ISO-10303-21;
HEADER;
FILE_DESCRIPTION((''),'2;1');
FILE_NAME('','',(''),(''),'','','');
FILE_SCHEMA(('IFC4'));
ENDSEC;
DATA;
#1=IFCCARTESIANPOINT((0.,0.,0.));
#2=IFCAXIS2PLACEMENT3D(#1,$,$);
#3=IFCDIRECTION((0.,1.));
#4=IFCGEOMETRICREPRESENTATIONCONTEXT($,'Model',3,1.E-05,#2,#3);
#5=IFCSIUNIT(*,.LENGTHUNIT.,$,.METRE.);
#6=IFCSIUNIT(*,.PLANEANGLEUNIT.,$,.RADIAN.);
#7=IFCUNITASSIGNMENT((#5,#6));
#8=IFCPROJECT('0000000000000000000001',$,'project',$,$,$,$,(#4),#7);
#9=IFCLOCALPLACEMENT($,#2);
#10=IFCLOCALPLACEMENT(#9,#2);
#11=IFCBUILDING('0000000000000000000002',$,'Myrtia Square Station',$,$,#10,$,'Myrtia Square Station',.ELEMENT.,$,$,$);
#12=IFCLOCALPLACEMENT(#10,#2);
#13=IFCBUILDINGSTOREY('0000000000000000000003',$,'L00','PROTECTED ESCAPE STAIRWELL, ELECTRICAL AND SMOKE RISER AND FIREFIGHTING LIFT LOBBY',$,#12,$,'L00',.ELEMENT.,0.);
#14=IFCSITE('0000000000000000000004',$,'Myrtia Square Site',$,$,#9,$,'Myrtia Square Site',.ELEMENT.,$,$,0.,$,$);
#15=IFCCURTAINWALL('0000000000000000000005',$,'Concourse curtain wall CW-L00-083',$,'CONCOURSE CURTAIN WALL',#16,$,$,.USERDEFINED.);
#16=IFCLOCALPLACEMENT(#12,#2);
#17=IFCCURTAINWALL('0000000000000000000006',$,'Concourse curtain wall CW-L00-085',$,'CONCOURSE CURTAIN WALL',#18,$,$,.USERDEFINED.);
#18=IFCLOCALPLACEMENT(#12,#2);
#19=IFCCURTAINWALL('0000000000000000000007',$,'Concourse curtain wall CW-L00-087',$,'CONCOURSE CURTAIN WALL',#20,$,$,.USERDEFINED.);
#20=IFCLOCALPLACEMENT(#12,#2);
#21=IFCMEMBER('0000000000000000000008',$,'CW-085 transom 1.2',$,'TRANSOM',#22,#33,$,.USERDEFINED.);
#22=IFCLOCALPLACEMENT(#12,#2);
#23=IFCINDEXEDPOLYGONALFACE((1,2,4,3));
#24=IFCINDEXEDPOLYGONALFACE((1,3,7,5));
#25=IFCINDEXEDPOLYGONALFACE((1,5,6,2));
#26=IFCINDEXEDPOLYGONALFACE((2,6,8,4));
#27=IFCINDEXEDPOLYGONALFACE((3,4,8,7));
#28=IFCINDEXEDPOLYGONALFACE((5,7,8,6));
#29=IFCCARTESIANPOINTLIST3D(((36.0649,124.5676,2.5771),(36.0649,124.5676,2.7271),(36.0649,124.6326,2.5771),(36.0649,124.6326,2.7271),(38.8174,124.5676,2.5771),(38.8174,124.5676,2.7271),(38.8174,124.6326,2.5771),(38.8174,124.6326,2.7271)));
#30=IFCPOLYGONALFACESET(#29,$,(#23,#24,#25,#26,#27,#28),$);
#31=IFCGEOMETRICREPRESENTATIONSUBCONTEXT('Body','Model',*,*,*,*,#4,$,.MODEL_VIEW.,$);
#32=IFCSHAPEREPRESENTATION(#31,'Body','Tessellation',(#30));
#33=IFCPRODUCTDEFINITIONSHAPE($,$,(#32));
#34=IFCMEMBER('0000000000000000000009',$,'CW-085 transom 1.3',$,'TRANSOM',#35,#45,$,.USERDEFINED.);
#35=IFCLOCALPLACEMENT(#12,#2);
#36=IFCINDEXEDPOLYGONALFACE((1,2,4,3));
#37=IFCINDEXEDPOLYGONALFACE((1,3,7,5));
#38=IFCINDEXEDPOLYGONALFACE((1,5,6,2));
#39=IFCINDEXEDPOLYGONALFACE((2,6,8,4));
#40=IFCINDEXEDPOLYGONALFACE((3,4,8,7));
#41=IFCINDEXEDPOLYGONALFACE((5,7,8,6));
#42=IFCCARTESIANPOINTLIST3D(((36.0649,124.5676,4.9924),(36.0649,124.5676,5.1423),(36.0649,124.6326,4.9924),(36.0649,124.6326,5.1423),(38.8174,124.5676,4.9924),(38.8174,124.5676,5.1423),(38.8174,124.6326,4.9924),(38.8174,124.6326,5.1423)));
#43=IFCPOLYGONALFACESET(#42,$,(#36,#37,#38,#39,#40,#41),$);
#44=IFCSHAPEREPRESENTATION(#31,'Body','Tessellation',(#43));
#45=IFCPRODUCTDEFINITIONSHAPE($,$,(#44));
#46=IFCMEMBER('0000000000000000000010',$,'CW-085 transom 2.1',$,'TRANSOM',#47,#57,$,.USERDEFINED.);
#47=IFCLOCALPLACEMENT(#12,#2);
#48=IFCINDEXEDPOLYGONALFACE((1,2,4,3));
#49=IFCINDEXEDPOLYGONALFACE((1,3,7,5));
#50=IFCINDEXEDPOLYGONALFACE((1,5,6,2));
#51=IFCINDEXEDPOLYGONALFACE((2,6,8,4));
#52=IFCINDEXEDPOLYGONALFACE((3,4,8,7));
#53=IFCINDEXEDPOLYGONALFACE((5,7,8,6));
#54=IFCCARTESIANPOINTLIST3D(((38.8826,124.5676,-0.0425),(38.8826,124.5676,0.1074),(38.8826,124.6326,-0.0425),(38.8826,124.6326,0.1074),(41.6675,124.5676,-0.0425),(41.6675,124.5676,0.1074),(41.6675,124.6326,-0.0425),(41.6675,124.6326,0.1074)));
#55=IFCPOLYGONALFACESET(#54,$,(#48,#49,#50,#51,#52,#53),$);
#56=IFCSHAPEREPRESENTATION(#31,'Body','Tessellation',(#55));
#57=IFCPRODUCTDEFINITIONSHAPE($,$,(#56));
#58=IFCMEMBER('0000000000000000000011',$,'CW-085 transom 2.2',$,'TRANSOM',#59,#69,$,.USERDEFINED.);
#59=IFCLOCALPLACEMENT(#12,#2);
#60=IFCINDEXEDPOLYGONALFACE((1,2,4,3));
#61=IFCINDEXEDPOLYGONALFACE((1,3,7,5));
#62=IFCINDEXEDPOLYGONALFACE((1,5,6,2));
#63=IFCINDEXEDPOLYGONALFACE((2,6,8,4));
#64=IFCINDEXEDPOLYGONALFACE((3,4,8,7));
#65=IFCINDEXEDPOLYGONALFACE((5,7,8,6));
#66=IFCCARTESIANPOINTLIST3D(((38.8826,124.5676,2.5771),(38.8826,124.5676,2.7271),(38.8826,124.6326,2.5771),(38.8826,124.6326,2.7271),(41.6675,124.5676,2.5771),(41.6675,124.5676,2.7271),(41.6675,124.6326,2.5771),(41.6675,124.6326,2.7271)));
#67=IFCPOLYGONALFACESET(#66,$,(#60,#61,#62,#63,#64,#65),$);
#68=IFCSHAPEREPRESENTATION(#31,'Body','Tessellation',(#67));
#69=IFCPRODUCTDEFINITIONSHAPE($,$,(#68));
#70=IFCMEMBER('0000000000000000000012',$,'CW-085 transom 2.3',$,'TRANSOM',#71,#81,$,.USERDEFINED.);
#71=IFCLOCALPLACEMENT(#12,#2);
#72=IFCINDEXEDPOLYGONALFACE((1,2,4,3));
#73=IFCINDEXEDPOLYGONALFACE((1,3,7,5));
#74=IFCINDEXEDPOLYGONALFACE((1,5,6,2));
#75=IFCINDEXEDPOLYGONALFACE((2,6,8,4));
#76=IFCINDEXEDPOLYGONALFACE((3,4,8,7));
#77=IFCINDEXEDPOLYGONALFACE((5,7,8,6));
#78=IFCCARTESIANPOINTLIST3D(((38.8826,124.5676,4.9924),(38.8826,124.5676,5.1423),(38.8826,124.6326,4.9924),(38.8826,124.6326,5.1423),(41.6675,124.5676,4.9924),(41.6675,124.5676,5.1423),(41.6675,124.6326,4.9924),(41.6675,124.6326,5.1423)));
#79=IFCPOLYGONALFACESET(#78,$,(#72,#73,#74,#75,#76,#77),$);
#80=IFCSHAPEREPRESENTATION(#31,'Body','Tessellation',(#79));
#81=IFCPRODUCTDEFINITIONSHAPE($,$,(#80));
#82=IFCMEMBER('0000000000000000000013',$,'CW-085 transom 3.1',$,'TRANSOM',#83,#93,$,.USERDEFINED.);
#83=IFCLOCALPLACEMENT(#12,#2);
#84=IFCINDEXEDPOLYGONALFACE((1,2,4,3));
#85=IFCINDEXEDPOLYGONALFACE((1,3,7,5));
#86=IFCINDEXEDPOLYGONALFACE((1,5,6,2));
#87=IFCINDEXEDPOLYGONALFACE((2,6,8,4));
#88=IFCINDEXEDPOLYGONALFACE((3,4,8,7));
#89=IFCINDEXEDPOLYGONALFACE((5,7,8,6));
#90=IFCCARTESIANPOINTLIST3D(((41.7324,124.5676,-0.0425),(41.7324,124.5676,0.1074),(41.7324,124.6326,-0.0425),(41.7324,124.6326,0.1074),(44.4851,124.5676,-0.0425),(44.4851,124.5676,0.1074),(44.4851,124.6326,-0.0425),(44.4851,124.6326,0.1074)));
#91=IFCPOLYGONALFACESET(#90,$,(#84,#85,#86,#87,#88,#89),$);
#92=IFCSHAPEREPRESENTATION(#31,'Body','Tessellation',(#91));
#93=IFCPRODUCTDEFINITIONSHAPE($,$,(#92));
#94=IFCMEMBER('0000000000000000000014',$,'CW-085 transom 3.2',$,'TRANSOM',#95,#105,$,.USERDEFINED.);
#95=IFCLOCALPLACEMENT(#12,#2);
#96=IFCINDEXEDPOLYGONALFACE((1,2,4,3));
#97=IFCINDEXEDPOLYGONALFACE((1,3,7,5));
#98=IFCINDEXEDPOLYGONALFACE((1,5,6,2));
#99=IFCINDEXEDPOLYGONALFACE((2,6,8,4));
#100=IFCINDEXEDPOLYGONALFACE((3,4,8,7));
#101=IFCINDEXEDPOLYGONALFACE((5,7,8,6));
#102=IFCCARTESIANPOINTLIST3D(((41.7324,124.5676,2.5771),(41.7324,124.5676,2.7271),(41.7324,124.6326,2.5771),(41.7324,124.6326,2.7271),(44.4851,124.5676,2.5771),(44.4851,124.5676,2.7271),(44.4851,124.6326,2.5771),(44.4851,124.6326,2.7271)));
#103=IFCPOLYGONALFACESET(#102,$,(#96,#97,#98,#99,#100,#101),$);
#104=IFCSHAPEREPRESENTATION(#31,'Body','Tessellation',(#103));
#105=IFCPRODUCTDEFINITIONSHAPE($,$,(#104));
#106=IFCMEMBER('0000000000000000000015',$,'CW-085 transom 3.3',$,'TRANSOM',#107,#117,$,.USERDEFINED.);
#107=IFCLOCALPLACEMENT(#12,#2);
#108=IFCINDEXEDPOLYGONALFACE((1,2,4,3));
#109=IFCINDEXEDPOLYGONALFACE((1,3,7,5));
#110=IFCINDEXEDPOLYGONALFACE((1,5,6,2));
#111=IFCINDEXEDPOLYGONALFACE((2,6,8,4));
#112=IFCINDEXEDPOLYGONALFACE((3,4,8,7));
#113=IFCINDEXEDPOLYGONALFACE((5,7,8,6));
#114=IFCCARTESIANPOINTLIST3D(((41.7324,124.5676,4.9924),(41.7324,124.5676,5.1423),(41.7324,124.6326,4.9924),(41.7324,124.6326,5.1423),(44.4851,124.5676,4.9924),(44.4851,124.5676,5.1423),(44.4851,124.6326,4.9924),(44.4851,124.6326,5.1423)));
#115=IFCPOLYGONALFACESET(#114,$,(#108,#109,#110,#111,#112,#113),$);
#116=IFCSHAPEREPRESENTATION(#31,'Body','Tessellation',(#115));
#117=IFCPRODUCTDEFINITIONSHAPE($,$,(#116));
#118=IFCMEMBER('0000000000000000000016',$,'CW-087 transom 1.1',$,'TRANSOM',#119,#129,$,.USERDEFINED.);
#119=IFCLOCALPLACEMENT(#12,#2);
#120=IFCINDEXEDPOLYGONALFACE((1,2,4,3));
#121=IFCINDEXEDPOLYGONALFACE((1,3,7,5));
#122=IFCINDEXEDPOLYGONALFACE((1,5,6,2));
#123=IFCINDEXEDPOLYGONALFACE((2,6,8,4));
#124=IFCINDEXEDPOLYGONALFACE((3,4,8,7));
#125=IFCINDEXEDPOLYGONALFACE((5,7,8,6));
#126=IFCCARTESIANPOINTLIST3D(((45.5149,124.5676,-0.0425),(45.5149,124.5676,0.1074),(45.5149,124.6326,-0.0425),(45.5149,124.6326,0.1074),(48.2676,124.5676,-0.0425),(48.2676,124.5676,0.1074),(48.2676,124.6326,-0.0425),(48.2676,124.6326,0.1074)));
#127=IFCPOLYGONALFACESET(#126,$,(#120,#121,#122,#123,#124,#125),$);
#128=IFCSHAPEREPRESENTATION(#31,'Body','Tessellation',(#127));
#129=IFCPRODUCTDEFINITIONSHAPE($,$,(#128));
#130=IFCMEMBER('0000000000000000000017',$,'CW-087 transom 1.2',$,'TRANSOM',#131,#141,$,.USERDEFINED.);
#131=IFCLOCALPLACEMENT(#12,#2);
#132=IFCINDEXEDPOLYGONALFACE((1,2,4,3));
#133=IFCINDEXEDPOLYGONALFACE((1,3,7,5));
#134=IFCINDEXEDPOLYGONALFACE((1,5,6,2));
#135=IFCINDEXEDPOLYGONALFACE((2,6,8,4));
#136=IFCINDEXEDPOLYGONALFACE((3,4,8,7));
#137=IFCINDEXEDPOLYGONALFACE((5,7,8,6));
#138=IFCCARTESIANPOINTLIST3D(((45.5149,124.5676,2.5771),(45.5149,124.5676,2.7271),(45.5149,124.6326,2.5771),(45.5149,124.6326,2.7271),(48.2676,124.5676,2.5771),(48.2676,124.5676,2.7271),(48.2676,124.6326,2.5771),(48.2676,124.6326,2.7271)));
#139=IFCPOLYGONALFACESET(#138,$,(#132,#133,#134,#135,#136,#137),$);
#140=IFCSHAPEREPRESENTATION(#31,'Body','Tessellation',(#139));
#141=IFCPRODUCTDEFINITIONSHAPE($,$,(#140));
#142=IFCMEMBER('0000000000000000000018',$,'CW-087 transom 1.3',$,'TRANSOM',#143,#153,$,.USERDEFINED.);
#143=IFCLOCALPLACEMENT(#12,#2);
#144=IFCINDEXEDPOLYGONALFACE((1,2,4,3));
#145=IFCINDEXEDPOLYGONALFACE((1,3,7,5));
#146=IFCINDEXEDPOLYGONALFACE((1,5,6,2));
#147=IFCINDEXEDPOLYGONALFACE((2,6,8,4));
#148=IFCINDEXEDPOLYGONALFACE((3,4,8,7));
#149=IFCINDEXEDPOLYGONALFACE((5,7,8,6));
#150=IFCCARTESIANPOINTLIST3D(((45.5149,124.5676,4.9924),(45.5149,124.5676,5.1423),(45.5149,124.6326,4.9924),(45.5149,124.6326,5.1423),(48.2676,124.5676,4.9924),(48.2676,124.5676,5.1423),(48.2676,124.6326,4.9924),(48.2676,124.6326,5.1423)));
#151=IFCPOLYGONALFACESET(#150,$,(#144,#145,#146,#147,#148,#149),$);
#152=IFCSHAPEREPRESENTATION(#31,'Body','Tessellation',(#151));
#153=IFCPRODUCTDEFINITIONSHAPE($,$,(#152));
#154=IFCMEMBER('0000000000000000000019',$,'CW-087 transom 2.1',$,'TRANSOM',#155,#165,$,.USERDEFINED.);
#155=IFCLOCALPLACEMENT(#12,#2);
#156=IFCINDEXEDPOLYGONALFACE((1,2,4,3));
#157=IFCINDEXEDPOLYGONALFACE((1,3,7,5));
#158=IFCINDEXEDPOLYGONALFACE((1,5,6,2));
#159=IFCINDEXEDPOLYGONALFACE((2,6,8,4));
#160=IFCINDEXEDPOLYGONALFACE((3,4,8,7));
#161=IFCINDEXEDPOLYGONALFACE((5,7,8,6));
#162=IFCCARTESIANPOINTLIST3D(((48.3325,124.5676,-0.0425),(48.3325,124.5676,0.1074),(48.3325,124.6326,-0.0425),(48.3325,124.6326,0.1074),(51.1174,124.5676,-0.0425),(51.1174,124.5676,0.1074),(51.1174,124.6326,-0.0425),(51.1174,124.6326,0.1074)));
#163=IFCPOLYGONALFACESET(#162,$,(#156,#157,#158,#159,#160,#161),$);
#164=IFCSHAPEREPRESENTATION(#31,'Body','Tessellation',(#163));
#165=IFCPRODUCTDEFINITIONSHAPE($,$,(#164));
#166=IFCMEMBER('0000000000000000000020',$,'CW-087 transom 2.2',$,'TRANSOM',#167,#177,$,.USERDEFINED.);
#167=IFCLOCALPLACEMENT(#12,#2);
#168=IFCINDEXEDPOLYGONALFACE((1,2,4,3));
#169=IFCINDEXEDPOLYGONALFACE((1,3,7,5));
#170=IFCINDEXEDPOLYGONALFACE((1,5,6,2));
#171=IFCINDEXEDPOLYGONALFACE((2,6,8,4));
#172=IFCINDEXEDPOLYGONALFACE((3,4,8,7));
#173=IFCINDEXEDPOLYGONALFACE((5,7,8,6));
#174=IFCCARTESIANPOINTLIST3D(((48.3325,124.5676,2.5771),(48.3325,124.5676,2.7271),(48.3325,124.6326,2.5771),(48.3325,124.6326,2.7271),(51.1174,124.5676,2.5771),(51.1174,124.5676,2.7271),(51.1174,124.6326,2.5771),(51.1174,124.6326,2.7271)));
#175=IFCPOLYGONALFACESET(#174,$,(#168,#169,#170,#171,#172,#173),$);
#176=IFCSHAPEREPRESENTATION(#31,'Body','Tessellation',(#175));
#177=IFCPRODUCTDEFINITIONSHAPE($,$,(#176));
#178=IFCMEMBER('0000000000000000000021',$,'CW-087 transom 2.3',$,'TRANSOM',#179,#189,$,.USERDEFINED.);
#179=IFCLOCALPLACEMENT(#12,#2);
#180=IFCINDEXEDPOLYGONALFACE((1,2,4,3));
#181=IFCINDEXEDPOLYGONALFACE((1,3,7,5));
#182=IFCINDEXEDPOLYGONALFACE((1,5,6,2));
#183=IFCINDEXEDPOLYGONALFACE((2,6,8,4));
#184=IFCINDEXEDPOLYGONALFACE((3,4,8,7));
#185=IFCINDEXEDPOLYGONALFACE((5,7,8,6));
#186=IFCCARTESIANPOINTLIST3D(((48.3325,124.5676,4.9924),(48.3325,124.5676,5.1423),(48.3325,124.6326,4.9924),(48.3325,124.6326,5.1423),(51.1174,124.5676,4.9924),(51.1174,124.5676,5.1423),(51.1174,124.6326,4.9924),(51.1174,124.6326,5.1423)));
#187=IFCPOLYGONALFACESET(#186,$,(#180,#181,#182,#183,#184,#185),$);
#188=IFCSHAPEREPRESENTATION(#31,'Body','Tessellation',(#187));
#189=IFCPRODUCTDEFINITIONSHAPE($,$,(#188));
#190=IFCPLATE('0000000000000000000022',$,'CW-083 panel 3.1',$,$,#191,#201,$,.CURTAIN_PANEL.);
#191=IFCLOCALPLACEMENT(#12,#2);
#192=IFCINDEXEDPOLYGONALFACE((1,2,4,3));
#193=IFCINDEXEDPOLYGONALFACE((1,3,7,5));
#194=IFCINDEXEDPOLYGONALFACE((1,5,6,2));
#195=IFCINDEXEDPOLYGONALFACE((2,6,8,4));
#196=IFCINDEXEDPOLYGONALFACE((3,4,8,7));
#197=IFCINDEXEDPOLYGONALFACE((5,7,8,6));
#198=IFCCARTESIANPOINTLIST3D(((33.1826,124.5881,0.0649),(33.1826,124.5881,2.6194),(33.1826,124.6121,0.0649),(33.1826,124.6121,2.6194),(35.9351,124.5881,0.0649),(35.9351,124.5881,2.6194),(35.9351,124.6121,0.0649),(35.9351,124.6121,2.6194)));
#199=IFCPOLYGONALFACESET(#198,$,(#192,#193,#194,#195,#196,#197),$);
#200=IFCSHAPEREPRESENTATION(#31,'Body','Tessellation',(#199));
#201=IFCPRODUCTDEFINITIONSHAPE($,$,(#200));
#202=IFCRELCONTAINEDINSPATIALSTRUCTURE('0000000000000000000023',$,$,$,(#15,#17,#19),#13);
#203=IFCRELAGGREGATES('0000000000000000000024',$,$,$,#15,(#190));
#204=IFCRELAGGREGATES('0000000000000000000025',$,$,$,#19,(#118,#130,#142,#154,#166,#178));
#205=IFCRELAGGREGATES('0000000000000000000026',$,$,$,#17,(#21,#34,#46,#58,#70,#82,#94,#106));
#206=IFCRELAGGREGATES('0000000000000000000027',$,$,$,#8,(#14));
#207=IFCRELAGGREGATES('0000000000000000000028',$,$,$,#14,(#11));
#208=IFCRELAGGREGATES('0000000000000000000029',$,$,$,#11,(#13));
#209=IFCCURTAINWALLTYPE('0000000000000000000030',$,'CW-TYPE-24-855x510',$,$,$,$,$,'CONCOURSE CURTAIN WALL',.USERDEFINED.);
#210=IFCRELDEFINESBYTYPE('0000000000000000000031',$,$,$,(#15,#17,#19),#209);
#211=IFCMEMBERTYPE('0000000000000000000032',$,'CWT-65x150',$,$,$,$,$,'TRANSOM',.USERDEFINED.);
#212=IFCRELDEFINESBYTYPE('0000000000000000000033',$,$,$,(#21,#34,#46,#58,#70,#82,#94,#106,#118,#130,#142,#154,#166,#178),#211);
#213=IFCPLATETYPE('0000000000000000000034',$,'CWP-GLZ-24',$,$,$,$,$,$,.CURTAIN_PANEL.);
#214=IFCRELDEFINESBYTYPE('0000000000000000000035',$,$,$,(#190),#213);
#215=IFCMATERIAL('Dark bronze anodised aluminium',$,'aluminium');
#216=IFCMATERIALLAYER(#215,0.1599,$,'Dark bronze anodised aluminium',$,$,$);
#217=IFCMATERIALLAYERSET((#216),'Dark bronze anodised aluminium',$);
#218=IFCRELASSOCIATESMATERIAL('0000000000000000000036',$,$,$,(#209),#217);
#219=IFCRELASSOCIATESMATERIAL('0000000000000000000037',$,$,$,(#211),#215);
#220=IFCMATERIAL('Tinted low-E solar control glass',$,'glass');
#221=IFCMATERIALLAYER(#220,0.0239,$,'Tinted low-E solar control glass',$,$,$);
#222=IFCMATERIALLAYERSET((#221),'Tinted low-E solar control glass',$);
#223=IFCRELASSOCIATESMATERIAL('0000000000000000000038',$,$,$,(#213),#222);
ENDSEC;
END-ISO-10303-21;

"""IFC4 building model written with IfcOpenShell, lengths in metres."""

from ifc_helpers import new_model, si_unit, direction, frame, origin, origin_2d, place, context, subcontext, project, spatial, rectangle, extrude, material, layer, layer_set, material_profile, profile_set, type_object, element, aggregate, save


model = new_model("IFC4")

# Units and contexts
model_context = context("Model", 3, precision=1e-05, world=origin(), true_north=direction((0.0, 1.0)))
body_context = subcontext(model_context, "Body", "Model", "MODEL_VIEW")
ifc_project = project(units=[si_unit("LENGTHUNIT", "METRE"), si_unit("PLANEANGLEUNIT", "RADIAN")], contexts=[model_context])

# Site, building, storey
site_placement = place(None, origin())
site = spatial("IfcSite", under=ifc_project, at=site_placement, Name="Myrtia Square Site", LongName="Myrtia Square Site", CompositionType="ELEMENT", RefElevation=0.0)
building_placement = place(site_placement, origin())
building = spatial("IfcBuilding", under=site, at=building_placement, Name="Myrtia Square Station", LongName="Myrtia Square Station", CompositionType="ELEMENT")
storey_placement = place(building_placement, origin())
storey = spatial("IfcBuildingStorey", under=building, at=storey_placement, Name="L00", Description="PROTECTED ESCAPE STAIRWELL, ELECTRICAL AND SMOKE RISER AND FIREFIGHTING LIFT LOBBY", LongName="L00", CompositionType="ELEMENT", Elevation=0.0)

# Curtain wall
ifc_material_1 = material(Name="Dark bronze anodised aluminium", Category="aluminium")
ifc_layer_1 = layer(ifc_material_1, 0.1599, Name="Dark bronze anodised aluminium")
ifc_layer_set_1 = layer_set([ifc_layer_1], Name="Dark bronze anodised aluminium")
curtain_wall_type = type_object("IfcCurtainWallType", Name="CW-TYPE-24-855x510", ElementType="CONCOURSE CURTAIN WALL", PredefinedType="USERDEFINED", material=ifc_layer_set_1)
curtain_wall_1_placement = place(storey_placement, origin())
curtain_wall_1 = element("IfcCurtainWall", 1, at=curtain_wall_1_placement, inside=storey, type_object=curtain_wall_type, Name="Concourse curtain wall CW-L00-083", ObjectType="CONCOURSE CURTAIN WALL", PredefinedType="USERDEFINED")

# Curtain walls
curtain_wall_2_placement = place(storey_placement, origin())
curtain_wall_2 = element("IfcCurtainWall", 2, at=curtain_wall_2_placement, inside=storey, type_object=curtain_wall_type, Name="Concourse curtain wall CW-L00-085", ObjectType="CONCOURSE CURTAIN WALL", PredefinedType="USERDEFINED")
curtain_wall_3_placement = place(storey_placement, origin())
curtain_wall_3 = element("IfcCurtainWall", 3, at=curtain_wall_3_placement, inside=storey, type_object=curtain_wall_type, Name="Concourse curtain wall CW-L00-087", ObjectType="CONCOURSE CURTAIN WALL", PredefinedType="USERDEFINED")

# Members
ifc_material_profile_1 = material_profile(ifc_material_1, rectangle(XDim=0.0649, YDim=0.1499, at=origin_2d()), Name="ALU-T 65x150")
ifc_profile_set_1 = profile_set([ifc_material_profile_1], Name="Dark bronze anodised aluminium")
member_type_1 = type_object("IfcMemberType", Name="CWT-65x150", ElementType="TRANSOM", PredefinedType="USERDEFINED", material=ifc_profile_set_1)
member_1_placement = place(storey_placement, frame((36.0649, 124.6001, 2.6521), z_axis=(1.0, 0.0, 0.0), x_axis=(0.0, 1.0, 0.0)))
member_1 = element("IfcMember", 4, at=member_1_placement, type_object=member_type_1, Name="CW-085 transom 1.2", ObjectType="TRANSOM", PredefinedType="USERDEFINED", context=body_context, shape_type="SweptSolid", body=[
    extrude(rectangle(XDim=0.0649, YDim=0.1499, at=origin_2d()), origin(), (0.0, 0.0, 1.0), 2.7524),
])
member_2_placement = place(storey_placement, frame((36.0649, 124.6001, 5.0674), z_axis=(1.0, 0.0, 0.0), x_axis=(0.0, 1.0, 0.0)))
member_2 = element("IfcMember", 5, at=member_2_placement, type_object=member_type_1, Name="CW-085 transom 1.3", ObjectType="TRANSOM", PredefinedType="USERDEFINED", context=body_context, shape_type="SweptSolid", body=[
    extrude(rectangle(XDim=0.0649, YDim=0.1499, at=origin_2d()), origin(), (0.0, 0.0, 1.0), 2.7524),
])
member_3_placement = place(storey_placement, frame((38.8826, 124.6001, 0.0325), z_axis=(1.0, 0.0, 0.0), x_axis=(0.0, 1.0, 0.0)))
member_3 = element("IfcMember", 6, at=member_3_placement, type_object=member_type_1, Name="CW-085 transom 2.1", ObjectType="TRANSOM", PredefinedType="USERDEFINED", context=body_context, shape_type="SweptSolid", body=[
    extrude(rectangle(XDim=0.0649, YDim=0.1499, at=origin_2d()), origin(), (0.0, 0.0, 1.0), 2.7849),
])
member_4_placement = place(storey_placement, frame((38.8826, 124.6001, 2.6521), z_axis=(1.0, 0.0, 0.0), x_axis=(0.0, 1.0, 0.0)))
member_4 = element("IfcMember", 7, at=member_4_placement, type_object=member_type_1, Name="CW-085 transom 2.2", ObjectType="TRANSOM", PredefinedType="USERDEFINED", context=body_context, shape_type="SweptSolid", body=[
    extrude(rectangle(XDim=0.0649, YDim=0.1499, at=origin_2d()), origin(), (0.0, 0.0, 1.0), 2.7849),
])
member_5_placement = place(storey_placement, frame((38.8826, 124.6001, 5.0674), z_axis=(1.0, 0.0, 0.0), x_axis=(0.0, 1.0, 0.0)))
member_5 = element("IfcMember", 8, at=member_5_placement, type_object=member_type_1, Name="CW-085 transom 2.3", ObjectType="TRANSOM", PredefinedType="USERDEFINED", context=body_context, shape_type="SweptSolid", body=[
    extrude(rectangle(XDim=0.0649, YDim=0.1499, at=origin_2d()), origin(), (0.0, 0.0, 1.0), 2.7849),
])
member_6_placement = place(storey_placement, frame((41.7324, 124.6001, 0.0325), z_axis=(1.0, 0.0, 0.0), x_axis=(0.0, 1.0, 0.0)))
member_6 = element("IfcMember", 9, at=member_6_placement, type_object=member_type_1, Name="CW-085 transom 3.1", ObjectType="TRANSOM", PredefinedType="USERDEFINED", context=body_context, shape_type="SweptSolid", body=[
    extrude(rectangle(XDim=0.0649, YDim=0.1499, at=origin_2d()), origin(), (0.0, 0.0, 1.0), 2.7527),
])
member_7_placement = place(storey_placement, frame((41.7324, 124.6001, 2.6521), z_axis=(1.0, 0.0, 0.0), x_axis=(0.0, 1.0, 0.0)))
member_7 = element("IfcMember", 10, at=member_7_placement, type_object=member_type_1, Name="CW-085 transom 3.2", ObjectType="TRANSOM", PredefinedType="USERDEFINED", context=body_context, shape_type="SweptSolid", body=[
    extrude(rectangle(XDim=0.0649, YDim=0.1499, at=origin_2d()), origin(), (0.0, 0.0, 1.0), 2.7527),
])
member_8_placement = place(storey_placement, frame((41.7324, 124.6001, 5.0674), z_axis=(1.0, 0.0, 0.0), x_axis=(0.0, 1.0, 0.0)))
member_8 = element("IfcMember", 11, at=member_8_placement, type_object=member_type_1, Name="CW-085 transom 3.3", ObjectType="TRANSOM", PredefinedType="USERDEFINED", context=body_context, shape_type="SweptSolid", body=[
    extrude(rectangle(XDim=0.0649, YDim=0.1499, at=origin_2d()), origin(), (0.0, 0.0, 1.0), 2.7527),
])
member_9_placement = place(storey_placement, frame((45.5149, 124.6001, 0.0325), z_axis=(1.0, 0.0, 0.0), x_axis=(0.0, 1.0, 0.0)))
member_9 = element("IfcMember", 12, at=member_9_placement, type_object=member_type_1, Name="CW-087 transom 1.1", ObjectType="TRANSOM", PredefinedType="USERDEFINED", context=body_context, shape_type="SweptSolid", body=[
    extrude(rectangle(XDim=0.0649, YDim=0.1499, at=origin_2d()), origin(), (0.0, 0.0, 1.0), 2.7527),
])
member_10_placement = place(storey_placement, frame((45.5149, 124.6001, 2.6521), z_axis=(1.0, 0.0, 0.0), x_axis=(0.0, 1.0, 0.0)))
member_10 = element("IfcMember", 13, at=member_10_placement, type_object=member_type_1, Name="CW-087 transom 1.2", ObjectType="TRANSOM", PredefinedType="USERDEFINED", context=body_context, shape_type="SweptSolid", body=[
    extrude(rectangle(XDim=0.0649, YDim=0.1499, at=origin_2d()), origin(), (0.0, 0.0, 1.0), 2.7527),
])
member_11_placement = place(storey_placement, frame((45.5149, 124.6001, 5.0674), z_axis=(1.0, 0.0, 0.0), x_axis=(0.0, 1.0, 0.0)))
member_11 = element("IfcMember", 14, at=member_11_placement, type_object=member_type_1, Name="CW-087 transom 1.3", ObjectType="TRANSOM", PredefinedType="USERDEFINED", context=body_context, shape_type="SweptSolid", body=[
    extrude(rectangle(XDim=0.0649, YDim=0.1499, at=origin_2d()), origin(), (0.0, 0.0, 1.0), 2.7527),
])
member_12_placement = place(storey_placement, frame((48.3325, 124.6001, 0.0325), z_axis=(1.0, 0.0, 0.0), x_axis=(0.0, 1.0, 0.0)))
member_12 = element("IfcMember", 15, at=member_12_placement, type_object=member_type_1, Name="CW-087 transom 2.1", ObjectType="TRANSOM", PredefinedType="USERDEFINED", context=body_context, shape_type="SweptSolid", body=[
    extrude(rectangle(XDim=0.0649, YDim=0.1499, at=origin_2d()), origin(), (0.0, 0.0, 1.0), 2.7849),
])
member_13_placement = place(storey_placement, frame((48.3325, 124.6001, 2.6521), z_axis=(1.0, 0.0, 0.0), x_axis=(0.0, 1.0, 0.0)))
member_13 = element("IfcMember", 16, at=member_13_placement, type_object=member_type_1, Name="CW-087 transom 2.2", ObjectType="TRANSOM", PredefinedType="USERDEFINED", context=body_context, shape_type="SweptSolid", body=[
    extrude(rectangle(XDim=0.0649, YDim=0.1499, at=origin_2d()), origin(), (0.0, 0.0, 1.0), 2.7849),
])
member_14_placement = place(storey_placement, frame((48.3325, 124.6001, 5.0674), z_axis=(1.0, 0.0, 0.0), x_axis=(0.0, 1.0, 0.0)))
member_14 = element("IfcMember", 17, at=member_14_placement, type_object=member_type_1, Name="CW-087 transom 2.3", ObjectType="TRANSOM", PredefinedType="USERDEFINED", context=body_context, shape_type="SweptSolid", body=[
    extrude(rectangle(XDim=0.0649, YDim=0.1499, at=origin_2d()), origin(), (0.0, 0.0, 1.0), 2.7849),
])

# Plate
ifc_material_2 = material(Name="Tinted low-E solar control glass", Category="glass")
ifc_layer_2 = layer(ifc_material_2, 0.0239, Name="Tinted low-E solar control glass")
ifc_layer_set_2 = layer_set([ifc_layer_2], Name="Tinted low-E solar control glass")
plate_type_1 = type_object("IfcPlateType", Name="CWP-GLZ-24", PredefinedType="CURTAIN_PANEL", material=ifc_layer_set_2)
plate_1_placement = place(storey_placement, frame((34.5588, 124.6001, 0.0649), z_axis=(0.0, 0.0, 1.0), x_axis=(1.0, 0.0, 0.0)))
plate_1 = element("IfcPlate", 18, at=plate_1_placement, type_object=plate_type_1, Name="CW-083 panel 3.1", PredefinedType="CURTAIN_PANEL", context=body_context, shape_type="SweptSolid", body=[
    extrude(rectangle(XDim=2.7524, YDim=0.0239, at=origin_2d()), origin(), (0.0, 0.0, 1.0), 2.5544),
])
aggregate(curtain_wall_1, [plate_1])
aggregate(curtain_wall_3, [member_9, member_10, member_11, member_12, member_13, member_14])
aggregate(curtain_wall_2, [member_1, member_2, member_3, member_4, member_5, member_6, member_7, member_8])

save(model, "model.ifc")
